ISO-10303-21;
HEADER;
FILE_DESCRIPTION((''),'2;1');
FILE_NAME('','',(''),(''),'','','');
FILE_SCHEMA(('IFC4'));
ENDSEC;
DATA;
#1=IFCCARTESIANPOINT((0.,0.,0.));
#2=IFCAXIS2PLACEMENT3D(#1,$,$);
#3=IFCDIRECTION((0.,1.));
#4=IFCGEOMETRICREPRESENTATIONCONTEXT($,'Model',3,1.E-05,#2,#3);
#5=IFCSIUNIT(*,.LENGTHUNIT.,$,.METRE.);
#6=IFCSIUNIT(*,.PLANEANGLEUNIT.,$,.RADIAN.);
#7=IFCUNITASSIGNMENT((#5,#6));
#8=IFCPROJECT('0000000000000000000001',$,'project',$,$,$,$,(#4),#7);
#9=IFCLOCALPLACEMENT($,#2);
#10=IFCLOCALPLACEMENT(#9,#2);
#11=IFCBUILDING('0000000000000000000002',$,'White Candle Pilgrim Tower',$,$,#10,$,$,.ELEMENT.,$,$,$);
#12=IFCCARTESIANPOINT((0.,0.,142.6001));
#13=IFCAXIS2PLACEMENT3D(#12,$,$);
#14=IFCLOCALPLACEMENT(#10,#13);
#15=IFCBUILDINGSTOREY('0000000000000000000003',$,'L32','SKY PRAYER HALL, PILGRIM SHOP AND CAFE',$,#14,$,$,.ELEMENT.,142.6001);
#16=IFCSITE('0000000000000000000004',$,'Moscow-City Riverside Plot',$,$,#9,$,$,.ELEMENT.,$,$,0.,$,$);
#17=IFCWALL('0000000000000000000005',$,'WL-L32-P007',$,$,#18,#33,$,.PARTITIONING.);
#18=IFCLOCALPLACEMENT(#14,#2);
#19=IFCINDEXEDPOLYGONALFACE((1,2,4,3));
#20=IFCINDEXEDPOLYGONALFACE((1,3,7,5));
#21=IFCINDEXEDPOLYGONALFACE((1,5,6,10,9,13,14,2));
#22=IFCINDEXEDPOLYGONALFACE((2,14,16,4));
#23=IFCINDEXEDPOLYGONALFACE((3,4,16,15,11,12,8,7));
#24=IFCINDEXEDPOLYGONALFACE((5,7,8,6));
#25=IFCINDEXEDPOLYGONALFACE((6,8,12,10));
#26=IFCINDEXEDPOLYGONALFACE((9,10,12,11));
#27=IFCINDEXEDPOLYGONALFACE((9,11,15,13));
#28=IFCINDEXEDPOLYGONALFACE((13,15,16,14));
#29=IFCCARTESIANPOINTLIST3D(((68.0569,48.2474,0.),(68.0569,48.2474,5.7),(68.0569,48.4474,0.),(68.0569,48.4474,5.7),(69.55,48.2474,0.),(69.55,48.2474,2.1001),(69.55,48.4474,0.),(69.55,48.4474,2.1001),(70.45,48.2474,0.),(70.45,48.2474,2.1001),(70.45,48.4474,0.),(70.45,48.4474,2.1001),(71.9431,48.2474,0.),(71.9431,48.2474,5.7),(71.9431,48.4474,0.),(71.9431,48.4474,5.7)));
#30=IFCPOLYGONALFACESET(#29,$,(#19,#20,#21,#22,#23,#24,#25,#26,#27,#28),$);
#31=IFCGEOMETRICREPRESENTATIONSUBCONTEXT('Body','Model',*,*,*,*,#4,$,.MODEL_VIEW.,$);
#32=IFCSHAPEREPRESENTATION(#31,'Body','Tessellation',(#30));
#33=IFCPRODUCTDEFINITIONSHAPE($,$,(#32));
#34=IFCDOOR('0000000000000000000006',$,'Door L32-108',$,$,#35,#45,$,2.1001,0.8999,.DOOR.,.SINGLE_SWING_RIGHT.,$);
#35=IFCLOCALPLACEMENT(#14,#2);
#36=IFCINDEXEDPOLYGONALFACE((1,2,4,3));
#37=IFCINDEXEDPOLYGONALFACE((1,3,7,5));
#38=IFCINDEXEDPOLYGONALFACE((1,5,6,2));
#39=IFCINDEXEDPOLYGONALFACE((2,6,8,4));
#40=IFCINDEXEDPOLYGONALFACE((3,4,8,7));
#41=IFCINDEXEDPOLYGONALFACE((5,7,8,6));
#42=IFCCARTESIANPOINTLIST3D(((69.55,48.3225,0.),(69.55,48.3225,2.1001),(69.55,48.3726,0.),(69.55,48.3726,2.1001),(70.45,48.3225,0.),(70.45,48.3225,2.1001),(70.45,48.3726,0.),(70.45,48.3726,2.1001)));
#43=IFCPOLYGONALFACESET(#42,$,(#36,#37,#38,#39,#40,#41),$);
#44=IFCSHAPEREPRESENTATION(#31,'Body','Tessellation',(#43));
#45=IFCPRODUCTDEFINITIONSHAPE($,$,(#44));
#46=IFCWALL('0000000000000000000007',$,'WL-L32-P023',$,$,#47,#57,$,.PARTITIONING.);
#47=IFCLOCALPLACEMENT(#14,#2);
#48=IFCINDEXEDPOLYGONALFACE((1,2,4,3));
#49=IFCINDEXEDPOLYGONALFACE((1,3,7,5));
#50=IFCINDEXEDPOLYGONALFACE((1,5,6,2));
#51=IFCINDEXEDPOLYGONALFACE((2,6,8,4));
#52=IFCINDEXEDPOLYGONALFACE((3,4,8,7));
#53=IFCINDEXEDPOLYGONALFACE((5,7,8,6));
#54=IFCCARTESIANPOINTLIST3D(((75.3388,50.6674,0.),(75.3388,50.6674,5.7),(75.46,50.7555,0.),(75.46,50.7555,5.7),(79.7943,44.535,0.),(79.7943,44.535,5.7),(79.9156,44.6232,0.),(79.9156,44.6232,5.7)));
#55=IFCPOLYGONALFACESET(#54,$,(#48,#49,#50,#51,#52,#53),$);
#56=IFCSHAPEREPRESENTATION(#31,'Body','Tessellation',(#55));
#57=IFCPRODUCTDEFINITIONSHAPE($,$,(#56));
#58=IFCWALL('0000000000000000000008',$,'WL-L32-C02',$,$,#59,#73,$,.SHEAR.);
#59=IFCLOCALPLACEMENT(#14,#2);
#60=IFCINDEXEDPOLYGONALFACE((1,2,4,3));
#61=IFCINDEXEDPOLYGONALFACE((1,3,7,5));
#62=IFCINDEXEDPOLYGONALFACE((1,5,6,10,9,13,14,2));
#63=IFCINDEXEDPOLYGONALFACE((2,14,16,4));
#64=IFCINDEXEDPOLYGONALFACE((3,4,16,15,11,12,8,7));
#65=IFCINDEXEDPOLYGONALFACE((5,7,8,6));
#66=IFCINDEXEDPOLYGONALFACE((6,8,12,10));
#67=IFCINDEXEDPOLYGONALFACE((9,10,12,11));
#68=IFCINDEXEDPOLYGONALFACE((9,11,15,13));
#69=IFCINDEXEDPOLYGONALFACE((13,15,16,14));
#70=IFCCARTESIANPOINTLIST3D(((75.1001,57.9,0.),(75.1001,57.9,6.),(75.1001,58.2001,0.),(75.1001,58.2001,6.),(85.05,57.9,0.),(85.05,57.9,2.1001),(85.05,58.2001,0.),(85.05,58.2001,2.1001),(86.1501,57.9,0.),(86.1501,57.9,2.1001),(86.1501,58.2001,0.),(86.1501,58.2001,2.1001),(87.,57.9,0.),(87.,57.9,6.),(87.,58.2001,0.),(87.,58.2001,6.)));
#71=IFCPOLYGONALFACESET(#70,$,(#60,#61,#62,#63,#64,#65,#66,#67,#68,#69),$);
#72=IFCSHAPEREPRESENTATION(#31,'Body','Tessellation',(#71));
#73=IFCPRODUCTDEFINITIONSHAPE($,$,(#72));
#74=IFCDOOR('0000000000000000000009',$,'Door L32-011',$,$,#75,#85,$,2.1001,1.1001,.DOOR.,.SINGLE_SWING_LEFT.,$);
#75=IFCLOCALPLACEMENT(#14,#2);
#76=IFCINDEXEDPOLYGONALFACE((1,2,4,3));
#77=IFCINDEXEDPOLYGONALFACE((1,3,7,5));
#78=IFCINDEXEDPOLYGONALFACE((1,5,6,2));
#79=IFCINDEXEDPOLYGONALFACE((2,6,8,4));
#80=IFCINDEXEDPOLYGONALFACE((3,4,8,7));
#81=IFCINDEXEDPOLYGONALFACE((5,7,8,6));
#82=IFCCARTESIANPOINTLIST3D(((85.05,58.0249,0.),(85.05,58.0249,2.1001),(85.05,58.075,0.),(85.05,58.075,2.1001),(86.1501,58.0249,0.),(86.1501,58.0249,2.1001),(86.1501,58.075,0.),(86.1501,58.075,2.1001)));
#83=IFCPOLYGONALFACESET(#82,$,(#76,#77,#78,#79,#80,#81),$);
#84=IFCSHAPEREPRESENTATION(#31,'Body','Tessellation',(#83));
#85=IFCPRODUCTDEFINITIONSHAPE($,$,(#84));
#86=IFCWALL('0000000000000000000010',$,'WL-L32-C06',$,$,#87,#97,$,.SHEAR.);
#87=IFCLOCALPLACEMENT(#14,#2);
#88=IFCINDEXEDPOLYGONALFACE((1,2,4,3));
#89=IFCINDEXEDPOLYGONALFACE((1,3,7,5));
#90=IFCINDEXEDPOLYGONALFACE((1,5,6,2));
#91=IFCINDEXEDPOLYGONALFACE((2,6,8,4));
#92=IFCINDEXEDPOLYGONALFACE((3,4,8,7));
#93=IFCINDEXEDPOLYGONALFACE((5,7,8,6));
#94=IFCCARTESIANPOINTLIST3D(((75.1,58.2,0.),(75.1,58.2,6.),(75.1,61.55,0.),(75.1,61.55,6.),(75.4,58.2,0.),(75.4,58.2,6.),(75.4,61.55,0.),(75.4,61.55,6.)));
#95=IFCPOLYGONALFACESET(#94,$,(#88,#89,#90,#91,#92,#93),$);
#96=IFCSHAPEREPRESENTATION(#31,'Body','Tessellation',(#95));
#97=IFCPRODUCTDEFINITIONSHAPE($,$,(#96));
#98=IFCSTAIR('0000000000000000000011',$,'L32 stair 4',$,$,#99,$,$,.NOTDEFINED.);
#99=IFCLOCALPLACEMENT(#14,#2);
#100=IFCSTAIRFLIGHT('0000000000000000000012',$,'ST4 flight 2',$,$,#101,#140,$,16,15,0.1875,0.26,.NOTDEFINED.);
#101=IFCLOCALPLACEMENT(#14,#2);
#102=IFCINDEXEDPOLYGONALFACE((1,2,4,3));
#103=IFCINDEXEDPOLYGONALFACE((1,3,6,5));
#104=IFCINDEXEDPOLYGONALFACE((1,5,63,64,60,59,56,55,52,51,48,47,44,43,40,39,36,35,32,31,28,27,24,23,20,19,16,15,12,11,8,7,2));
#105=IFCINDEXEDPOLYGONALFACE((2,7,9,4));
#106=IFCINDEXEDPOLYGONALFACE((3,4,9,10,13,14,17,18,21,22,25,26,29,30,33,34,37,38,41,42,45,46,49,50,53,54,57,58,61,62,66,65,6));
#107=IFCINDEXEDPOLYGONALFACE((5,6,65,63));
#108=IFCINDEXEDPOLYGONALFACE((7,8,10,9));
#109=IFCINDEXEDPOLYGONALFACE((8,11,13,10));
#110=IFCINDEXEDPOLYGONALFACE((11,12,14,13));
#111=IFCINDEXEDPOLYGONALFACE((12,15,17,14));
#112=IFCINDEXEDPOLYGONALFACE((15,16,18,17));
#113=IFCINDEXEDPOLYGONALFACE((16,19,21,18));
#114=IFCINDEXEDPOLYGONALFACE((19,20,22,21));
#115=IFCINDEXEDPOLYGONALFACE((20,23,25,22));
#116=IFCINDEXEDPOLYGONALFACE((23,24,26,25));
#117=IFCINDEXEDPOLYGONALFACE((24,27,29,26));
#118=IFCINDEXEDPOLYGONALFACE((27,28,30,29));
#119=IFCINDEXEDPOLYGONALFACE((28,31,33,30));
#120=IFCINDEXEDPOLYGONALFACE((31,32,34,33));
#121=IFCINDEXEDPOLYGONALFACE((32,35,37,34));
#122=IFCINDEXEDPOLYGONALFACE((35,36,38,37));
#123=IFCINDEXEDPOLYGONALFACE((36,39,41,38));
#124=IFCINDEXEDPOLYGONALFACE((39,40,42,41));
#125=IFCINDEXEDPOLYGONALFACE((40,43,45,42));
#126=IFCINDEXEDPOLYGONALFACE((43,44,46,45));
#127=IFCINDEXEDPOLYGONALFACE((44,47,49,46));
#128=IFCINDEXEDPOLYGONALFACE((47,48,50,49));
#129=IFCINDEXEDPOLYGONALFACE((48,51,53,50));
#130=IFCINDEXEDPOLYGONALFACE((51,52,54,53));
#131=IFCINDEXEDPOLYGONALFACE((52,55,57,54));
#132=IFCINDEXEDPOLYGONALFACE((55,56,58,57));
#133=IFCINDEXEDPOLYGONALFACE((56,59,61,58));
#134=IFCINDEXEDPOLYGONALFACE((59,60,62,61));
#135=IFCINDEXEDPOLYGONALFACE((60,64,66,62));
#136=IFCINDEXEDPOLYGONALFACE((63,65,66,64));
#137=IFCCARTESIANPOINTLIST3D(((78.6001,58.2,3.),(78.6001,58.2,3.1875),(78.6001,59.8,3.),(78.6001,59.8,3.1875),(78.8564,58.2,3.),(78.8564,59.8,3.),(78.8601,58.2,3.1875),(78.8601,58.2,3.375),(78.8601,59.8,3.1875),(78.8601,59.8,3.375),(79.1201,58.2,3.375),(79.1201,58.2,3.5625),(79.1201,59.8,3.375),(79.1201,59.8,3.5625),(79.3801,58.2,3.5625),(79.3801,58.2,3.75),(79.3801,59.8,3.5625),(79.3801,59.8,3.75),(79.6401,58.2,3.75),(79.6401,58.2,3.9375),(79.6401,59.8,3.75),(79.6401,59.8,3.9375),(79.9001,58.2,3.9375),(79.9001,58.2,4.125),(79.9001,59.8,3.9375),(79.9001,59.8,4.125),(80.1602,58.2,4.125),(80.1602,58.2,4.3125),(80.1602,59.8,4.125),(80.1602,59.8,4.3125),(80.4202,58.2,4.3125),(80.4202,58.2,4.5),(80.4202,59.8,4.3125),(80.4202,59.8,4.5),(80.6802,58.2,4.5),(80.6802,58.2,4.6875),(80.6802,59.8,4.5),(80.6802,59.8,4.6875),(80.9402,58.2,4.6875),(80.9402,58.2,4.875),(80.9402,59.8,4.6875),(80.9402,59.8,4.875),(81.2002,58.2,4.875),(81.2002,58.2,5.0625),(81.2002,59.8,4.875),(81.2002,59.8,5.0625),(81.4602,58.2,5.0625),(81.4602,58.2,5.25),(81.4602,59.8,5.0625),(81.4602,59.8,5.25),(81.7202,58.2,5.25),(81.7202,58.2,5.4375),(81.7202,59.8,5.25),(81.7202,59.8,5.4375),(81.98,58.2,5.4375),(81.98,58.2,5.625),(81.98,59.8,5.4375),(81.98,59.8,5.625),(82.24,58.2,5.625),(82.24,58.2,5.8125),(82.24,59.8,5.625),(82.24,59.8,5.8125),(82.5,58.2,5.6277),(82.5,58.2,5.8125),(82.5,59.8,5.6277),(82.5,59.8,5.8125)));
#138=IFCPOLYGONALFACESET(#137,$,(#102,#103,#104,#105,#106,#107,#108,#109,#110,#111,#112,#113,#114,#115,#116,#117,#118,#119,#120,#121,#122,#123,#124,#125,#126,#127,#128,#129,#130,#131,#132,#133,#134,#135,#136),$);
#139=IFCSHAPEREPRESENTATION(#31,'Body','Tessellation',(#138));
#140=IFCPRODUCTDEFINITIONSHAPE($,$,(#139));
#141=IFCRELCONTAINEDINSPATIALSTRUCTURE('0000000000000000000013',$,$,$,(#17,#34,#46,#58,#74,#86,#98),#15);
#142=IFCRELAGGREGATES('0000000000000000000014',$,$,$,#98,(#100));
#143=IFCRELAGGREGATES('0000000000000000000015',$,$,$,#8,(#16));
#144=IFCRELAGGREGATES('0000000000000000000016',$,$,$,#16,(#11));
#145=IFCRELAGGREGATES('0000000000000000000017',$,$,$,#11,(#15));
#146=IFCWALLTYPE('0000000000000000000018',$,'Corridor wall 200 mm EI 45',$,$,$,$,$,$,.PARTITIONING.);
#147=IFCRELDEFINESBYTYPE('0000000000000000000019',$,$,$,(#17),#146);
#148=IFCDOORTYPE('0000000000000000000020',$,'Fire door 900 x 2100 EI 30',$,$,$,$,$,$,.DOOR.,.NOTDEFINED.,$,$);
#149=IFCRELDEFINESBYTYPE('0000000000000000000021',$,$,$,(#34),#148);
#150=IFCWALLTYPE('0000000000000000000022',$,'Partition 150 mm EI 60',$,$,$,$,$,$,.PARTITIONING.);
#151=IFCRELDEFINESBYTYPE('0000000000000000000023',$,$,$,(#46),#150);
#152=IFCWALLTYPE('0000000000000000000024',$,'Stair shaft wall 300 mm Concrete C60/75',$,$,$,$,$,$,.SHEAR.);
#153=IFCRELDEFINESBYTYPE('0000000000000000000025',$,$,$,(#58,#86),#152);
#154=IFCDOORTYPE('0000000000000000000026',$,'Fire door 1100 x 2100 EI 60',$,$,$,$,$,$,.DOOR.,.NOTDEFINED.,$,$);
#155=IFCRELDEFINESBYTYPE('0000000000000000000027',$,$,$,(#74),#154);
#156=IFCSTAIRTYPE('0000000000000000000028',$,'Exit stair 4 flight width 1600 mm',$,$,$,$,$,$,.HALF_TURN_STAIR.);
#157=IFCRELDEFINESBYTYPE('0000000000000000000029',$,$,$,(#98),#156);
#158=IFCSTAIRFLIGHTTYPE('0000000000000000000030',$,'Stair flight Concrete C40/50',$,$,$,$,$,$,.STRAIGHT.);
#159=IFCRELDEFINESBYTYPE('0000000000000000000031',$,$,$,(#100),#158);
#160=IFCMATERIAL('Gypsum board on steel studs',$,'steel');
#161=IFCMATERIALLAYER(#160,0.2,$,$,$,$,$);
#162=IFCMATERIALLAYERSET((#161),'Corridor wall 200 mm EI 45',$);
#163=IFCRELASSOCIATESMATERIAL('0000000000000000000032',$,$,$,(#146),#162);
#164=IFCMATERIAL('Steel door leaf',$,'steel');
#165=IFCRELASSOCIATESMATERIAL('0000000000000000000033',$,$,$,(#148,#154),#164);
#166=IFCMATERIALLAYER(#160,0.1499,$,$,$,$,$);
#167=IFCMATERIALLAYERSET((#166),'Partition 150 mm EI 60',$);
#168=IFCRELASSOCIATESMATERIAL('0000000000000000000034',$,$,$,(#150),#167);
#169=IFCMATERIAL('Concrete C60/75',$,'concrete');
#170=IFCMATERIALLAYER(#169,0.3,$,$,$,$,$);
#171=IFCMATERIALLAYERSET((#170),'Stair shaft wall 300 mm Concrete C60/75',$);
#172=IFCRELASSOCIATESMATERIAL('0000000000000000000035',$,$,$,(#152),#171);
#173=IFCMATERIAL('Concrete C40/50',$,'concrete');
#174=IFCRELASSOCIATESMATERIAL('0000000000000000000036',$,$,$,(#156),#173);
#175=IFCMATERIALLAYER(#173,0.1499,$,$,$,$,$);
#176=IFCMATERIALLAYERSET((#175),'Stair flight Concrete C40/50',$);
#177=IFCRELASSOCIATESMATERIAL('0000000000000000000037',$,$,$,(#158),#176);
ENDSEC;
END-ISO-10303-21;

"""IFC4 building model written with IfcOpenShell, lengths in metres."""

from ifc_helpers import new_model, si_unit, direction, frame, frame_2d, origin, place, context, subcontext, project, spatial, polyline, rectangle, outline, extrude, material, layer, layer_set, type_object, element, fill, aggregate, save


model = new_model("IFC4")

# Units and contexts
model_context = context("Model", 3, precision=1e-05, world=origin(), true_north=direction((0.0, 1.0)))
body_context = subcontext(model_context, "Body", "Model", "MODEL_VIEW")
ifc_project = project(units=[si_unit("LENGTHUNIT", "METRE"), si_unit("PLANEANGLEUNIT", "RADIAN")], contexts=[model_context])

# Site, building, storey
site_placement = place(None, origin())
site = spatial("IfcSite", under=ifc_project, at=site_placement, Name="Moscow-City Riverside Plot", CompositionType="ELEMENT", RefElevation=0.0)
building_placement = place(site_placement, origin())
building = spatial("IfcBuilding", under=site, at=building_placement, Name="White Candle Pilgrim Tower", CompositionType="ELEMENT")
storey_placement = place(building_placement, frame((0.0, 0.0, 142.6001)))
storey = spatial("IfcBuildingStorey", under=building, at=storey_placement, Name="L32", Description="SKY PRAYER HALL, PILGRIM SHOP AND CAFE", CompositionType="ELEMENT", Elevation=142.6001)

# Wall, opening, door
ifc_material_1 = material(Name="Gypsum board on steel studs", Category="steel")
ifc_layer_1 = layer(ifc_material_1, 0.2)
ifc_layer_set_1 = layer_set([ifc_layer_1], Name="Corridor wall 200 mm EI 45")
wall_type_1 = type_object("IfcWallType", Name="Corridor wall 200 mm EI 45", PredefinedType="PARTITIONING", material=ifc_layer_set_1)
wall_1_placement = place(storey_placement, frame((71.9431, 48.3474, 0.0), z_axis=(0.0, 0.0, 1.0), x_axis=(-1.0, 0.0, 0.0)))
wall_1 = element("IfcWall", 1, at=wall_1_placement, inside=storey, type_object=wall_type_1, Name="WL-L32-P007", PredefinedType="PARTITIONING", context=body_context, shape_type="SweptSolid", body=[
    extrude(rectangle(XDim=3.8862, YDim=0.2, at=frame_2d((1.9431, 0.0))), origin(), (0.0, 0.0, 1.0), 5.7),
])
opening_1_placement = place(wall_1_placement, frame((1.4932, 0.0, 0.0)))
opening_1 = element("IfcOpeningElement", 2, at=opening_1_placement, cuts=wall_1, PredefinedType="OPENING", context=body_context, shape_type="SweptSolid", body=[
    extrude(rectangle(XDim=0.8999, YDim=2.1001, at=frame_2d((0.45, 1.05))), frame((0.0, 0.1099, 0.0), z_axis=(0.0, -1.0, 0.0), x_axis=(1.0, 0.0, 0.0)), (0.0, 0.0, 1.0), 0.22),
])
ifc_material_2 = material(Name="Steel door leaf", Category="steel")
door_type_1 = type_object("IfcDoorType", Name="Fire door 900 x 2100 EI 30", OperationType="NOTDEFINED", PredefinedType="DOOR", material=ifc_material_2)
door_1_placement = place(opening_1_placement, origin())
door_1 = element("IfcDoor", 3, at=door_1_placement, inside=storey, type_object=door_type_1, Name="Door L32-108", OperationType="SINGLE_SWING_RIGHT", OverallHeight=2.1001, OverallWidth=0.8999, PredefinedType="DOOR", context=body_context, shape_type="SweptSolid", body=[
    extrude(rectangle(XDim=0.8999, YDim=2.1001, at=frame_2d((0.45, 1.05))), frame((0.0, 0.0249, 0.0), z_axis=(0.0, -1.0, 0.0), x_axis=(1.0, 0.0, 0.0)), (0.0, 0.0, 1.0), 0.05),
])
fill(opening_1, door_1)

# Wall
ifc_layer_2 = layer(ifc_material_1, 0.1499)
ifc_layer_set_2 = layer_set([ifc_layer_2], Name="Partition 150 mm EI 60")
wall_type_2 = type_object("IfcWallType", Name="Partition 150 mm EI 60", PredefinedType="PARTITIONING", material=ifc_layer_set_2)
wall_2_placement = place(storey_placement, frame((79.855, 44.5791, 0.0), z_axis=(0.0, 0.0, 1.0), x_axis=(-0.5878, 0.809006, 0.0)))
element("IfcWall", 4, at=wall_2_placement, inside=storey, type_object=wall_type_2, Name="WL-L32-P023", PredefinedType="PARTITIONING", context=body_context, shape_type="SweptSolid", body=[
    extrude(rectangle(XDim=7.5801, YDim=0.1499, at=frame_2d((3.79, 0.0))), origin(), (0.0, 0.0, 1.0), 5.7),
])

# Wall, opening, door
ifc_material_3 = material(Name="Concrete C60/75", Category="concrete")
ifc_layer_3 = layer(ifc_material_3, 0.3)
ifc_layer_set_3 = layer_set([ifc_layer_3], Name="Stair shaft wall 300 mm Concrete C60/75")
wall_type_3 = type_object("IfcWallType", Name="Stair shaft wall 300 mm Concrete C60/75", PredefinedType="SHEAR", material=ifc_layer_set_3)
wall_3_placement = place(storey_placement, frame((75.1001, 58.05, 0.0), z_axis=(0.0, 0.0, 1.0), x_axis=(1.0, 0.0, 0.0)))
wall_3 = element("IfcWall", 5, at=wall_3_placement, inside=storey, type_object=wall_type_3, Name="WL-L32-C02", PredefinedType="SHEAR", context=body_context, shape_type="SweptSolid", body=[
    extrude(rectangle(XDim=11.8999, YDim=0.3, at=frame_2d((5.95, 0.0))), origin(), (0.0, 0.0, 1.0), 6.0),
])
opening_2_placement = place(wall_3_placement, frame((9.95, 0.0, 0.0)))
opening_2 = element("IfcOpeningElement", 6, at=opening_2_placement, cuts=wall_3, PredefinedType="OPENING", context=body_context, shape_type="SweptSolid", body=[
    extrude(rectangle(XDim=1.1001, YDim=2.1001, at=frame_2d((0.55, 1.05))), frame((0.0, 0.1599, 0.0), z_axis=(0.0, -1.0, 0.0), x_axis=(1.0, 0.0, 0.0)), (0.0, 0.0, 1.0), 0.3201),
])
door_type_2 = type_object("IfcDoorType", Name="Fire door 1100 x 2100 EI 60", OperationType="NOTDEFINED", PredefinedType="DOOR", material=ifc_material_2)
door_2_placement = place(opening_2_placement, origin())
door_2 = element("IfcDoor", 7, at=door_2_placement, inside=storey, type_object=door_type_2, Name="Door L32-011", OperationType="SINGLE_SWING_LEFT", OverallHeight=2.1001, OverallWidth=1.1001, PredefinedType="DOOR", context=body_context, shape_type="SweptSolid", body=[
    extrude(rectangle(XDim=1.1001, YDim=2.1001, at=frame_2d((0.55, 1.05))), frame((0.0, 0.0249, 0.0), z_axis=(0.0, -1.0, 0.0), x_axis=(1.0, 0.0, 0.0)), (0.0, 0.0, 1.0), 0.05),
])
fill(opening_2, door_2)

# Wall
wall_4_placement = place(storey_placement, frame((75.25, 58.2, 0.0), z_axis=(0.0, 0.0, 1.0), x_axis=(0.0, 1.0, 0.0)))
element("IfcWall", 8, at=wall_4_placement, inside=storey, type_object=wall_type_3, Name="WL-L32-C06", PredefinedType="SHEAR", context=body_context, shape_type="SweptSolid", body=[
    extrude(rectangle(XDim=3.3501, YDim=0.3, at=frame_2d((1.675, 0.0))), origin(), (0.0, 0.0, 1.0), 6.0),
])

# Stair, stair flight
ifc_material_4 = material(Name="Concrete C40/50", Category="concrete")
stair_type = type_object("IfcStairType", Name="Exit stair 4 flight width 1600 mm", PredefinedType="HALF_TURN_STAIR", material=ifc_material_4)
stair_placement = place(storey_placement, origin())
stair = element("IfcStair", 9, at=stair_placement, inside=storey, type_object=stair_type, Name="L32 stair 4", PredefinedType="NOTDEFINED")
ifc_layer_4 = layer(ifc_material_4, 0.1499)
ifc_layer_set_4 = layer_set([ifc_layer_4], Name="Stair flight Concrete C40/50")
stair_flight_type = type_object("IfcStairFlightType", Name="Stair flight Concrete C40/50", PredefinedType="STRAIGHT", material=ifc_layer_set_4)
stair_flight_placement = place(storey_placement, frame((78.6001, 59.0, 3.0), z_axis=(0.0, 0.0, 1.0), x_axis=(1.0, 0.0, 0.0)))
stair_flight = element("IfcStairFlight", 10, at=stair_flight_placement, type_object=stair_flight_type, Name="ST4 flight 2", NumberOfRisers=16, NumberOfTreads=15, PredefinedType="NOTDEFINED", RiserHeight=0.1875, TreadLength=0.26, context=body_context, shape_type="SweptSolid", body=[
    extrude(outline(polyline([(0.0, 0.0), (0.0, 0.1875), (0.26, 0.1875), (0.26, 0.375), (0.52, 0.375), (0.52, 0.5625), (0.78, 0.5625), (0.78, 0.75), (1.04, 0.75), (1.04, 0.9375), (1.3, 0.9375), (1.3, 1.125), (1.5601, 1.125), (1.5601, 1.3125), (1.8201, 1.3125), (1.8201, 1.5), (2.0801, 1.5), (2.0801, 1.6875), (2.3401, 1.6875), (2.3401, 1.875), (2.6001, 1.875), (2.6001, 2.0625), (2.8601, 2.0625), (2.8601, 2.25), (3.1201, 2.25), (3.1201, 2.4375), (3.3799, 2.4375), (3.3799, 2.625), (3.6399, 2.625), (3.6399, 2.8125), (3.8999, 2.8125), (3.8999, 3.0), (3.8999, 2.6277), (0.2563, 0.0), (0.0, 0.0)])), frame((0.0, 0.8, 0.0), z_axis=(0.0, -1.0, 0.0), x_axis=(1.0, 0.0, 0.0)), (0.0, 0.0, 1.0), 1.6001),
])
aggregate(stair, [stair_flight])

save(model, "model.ifc")
